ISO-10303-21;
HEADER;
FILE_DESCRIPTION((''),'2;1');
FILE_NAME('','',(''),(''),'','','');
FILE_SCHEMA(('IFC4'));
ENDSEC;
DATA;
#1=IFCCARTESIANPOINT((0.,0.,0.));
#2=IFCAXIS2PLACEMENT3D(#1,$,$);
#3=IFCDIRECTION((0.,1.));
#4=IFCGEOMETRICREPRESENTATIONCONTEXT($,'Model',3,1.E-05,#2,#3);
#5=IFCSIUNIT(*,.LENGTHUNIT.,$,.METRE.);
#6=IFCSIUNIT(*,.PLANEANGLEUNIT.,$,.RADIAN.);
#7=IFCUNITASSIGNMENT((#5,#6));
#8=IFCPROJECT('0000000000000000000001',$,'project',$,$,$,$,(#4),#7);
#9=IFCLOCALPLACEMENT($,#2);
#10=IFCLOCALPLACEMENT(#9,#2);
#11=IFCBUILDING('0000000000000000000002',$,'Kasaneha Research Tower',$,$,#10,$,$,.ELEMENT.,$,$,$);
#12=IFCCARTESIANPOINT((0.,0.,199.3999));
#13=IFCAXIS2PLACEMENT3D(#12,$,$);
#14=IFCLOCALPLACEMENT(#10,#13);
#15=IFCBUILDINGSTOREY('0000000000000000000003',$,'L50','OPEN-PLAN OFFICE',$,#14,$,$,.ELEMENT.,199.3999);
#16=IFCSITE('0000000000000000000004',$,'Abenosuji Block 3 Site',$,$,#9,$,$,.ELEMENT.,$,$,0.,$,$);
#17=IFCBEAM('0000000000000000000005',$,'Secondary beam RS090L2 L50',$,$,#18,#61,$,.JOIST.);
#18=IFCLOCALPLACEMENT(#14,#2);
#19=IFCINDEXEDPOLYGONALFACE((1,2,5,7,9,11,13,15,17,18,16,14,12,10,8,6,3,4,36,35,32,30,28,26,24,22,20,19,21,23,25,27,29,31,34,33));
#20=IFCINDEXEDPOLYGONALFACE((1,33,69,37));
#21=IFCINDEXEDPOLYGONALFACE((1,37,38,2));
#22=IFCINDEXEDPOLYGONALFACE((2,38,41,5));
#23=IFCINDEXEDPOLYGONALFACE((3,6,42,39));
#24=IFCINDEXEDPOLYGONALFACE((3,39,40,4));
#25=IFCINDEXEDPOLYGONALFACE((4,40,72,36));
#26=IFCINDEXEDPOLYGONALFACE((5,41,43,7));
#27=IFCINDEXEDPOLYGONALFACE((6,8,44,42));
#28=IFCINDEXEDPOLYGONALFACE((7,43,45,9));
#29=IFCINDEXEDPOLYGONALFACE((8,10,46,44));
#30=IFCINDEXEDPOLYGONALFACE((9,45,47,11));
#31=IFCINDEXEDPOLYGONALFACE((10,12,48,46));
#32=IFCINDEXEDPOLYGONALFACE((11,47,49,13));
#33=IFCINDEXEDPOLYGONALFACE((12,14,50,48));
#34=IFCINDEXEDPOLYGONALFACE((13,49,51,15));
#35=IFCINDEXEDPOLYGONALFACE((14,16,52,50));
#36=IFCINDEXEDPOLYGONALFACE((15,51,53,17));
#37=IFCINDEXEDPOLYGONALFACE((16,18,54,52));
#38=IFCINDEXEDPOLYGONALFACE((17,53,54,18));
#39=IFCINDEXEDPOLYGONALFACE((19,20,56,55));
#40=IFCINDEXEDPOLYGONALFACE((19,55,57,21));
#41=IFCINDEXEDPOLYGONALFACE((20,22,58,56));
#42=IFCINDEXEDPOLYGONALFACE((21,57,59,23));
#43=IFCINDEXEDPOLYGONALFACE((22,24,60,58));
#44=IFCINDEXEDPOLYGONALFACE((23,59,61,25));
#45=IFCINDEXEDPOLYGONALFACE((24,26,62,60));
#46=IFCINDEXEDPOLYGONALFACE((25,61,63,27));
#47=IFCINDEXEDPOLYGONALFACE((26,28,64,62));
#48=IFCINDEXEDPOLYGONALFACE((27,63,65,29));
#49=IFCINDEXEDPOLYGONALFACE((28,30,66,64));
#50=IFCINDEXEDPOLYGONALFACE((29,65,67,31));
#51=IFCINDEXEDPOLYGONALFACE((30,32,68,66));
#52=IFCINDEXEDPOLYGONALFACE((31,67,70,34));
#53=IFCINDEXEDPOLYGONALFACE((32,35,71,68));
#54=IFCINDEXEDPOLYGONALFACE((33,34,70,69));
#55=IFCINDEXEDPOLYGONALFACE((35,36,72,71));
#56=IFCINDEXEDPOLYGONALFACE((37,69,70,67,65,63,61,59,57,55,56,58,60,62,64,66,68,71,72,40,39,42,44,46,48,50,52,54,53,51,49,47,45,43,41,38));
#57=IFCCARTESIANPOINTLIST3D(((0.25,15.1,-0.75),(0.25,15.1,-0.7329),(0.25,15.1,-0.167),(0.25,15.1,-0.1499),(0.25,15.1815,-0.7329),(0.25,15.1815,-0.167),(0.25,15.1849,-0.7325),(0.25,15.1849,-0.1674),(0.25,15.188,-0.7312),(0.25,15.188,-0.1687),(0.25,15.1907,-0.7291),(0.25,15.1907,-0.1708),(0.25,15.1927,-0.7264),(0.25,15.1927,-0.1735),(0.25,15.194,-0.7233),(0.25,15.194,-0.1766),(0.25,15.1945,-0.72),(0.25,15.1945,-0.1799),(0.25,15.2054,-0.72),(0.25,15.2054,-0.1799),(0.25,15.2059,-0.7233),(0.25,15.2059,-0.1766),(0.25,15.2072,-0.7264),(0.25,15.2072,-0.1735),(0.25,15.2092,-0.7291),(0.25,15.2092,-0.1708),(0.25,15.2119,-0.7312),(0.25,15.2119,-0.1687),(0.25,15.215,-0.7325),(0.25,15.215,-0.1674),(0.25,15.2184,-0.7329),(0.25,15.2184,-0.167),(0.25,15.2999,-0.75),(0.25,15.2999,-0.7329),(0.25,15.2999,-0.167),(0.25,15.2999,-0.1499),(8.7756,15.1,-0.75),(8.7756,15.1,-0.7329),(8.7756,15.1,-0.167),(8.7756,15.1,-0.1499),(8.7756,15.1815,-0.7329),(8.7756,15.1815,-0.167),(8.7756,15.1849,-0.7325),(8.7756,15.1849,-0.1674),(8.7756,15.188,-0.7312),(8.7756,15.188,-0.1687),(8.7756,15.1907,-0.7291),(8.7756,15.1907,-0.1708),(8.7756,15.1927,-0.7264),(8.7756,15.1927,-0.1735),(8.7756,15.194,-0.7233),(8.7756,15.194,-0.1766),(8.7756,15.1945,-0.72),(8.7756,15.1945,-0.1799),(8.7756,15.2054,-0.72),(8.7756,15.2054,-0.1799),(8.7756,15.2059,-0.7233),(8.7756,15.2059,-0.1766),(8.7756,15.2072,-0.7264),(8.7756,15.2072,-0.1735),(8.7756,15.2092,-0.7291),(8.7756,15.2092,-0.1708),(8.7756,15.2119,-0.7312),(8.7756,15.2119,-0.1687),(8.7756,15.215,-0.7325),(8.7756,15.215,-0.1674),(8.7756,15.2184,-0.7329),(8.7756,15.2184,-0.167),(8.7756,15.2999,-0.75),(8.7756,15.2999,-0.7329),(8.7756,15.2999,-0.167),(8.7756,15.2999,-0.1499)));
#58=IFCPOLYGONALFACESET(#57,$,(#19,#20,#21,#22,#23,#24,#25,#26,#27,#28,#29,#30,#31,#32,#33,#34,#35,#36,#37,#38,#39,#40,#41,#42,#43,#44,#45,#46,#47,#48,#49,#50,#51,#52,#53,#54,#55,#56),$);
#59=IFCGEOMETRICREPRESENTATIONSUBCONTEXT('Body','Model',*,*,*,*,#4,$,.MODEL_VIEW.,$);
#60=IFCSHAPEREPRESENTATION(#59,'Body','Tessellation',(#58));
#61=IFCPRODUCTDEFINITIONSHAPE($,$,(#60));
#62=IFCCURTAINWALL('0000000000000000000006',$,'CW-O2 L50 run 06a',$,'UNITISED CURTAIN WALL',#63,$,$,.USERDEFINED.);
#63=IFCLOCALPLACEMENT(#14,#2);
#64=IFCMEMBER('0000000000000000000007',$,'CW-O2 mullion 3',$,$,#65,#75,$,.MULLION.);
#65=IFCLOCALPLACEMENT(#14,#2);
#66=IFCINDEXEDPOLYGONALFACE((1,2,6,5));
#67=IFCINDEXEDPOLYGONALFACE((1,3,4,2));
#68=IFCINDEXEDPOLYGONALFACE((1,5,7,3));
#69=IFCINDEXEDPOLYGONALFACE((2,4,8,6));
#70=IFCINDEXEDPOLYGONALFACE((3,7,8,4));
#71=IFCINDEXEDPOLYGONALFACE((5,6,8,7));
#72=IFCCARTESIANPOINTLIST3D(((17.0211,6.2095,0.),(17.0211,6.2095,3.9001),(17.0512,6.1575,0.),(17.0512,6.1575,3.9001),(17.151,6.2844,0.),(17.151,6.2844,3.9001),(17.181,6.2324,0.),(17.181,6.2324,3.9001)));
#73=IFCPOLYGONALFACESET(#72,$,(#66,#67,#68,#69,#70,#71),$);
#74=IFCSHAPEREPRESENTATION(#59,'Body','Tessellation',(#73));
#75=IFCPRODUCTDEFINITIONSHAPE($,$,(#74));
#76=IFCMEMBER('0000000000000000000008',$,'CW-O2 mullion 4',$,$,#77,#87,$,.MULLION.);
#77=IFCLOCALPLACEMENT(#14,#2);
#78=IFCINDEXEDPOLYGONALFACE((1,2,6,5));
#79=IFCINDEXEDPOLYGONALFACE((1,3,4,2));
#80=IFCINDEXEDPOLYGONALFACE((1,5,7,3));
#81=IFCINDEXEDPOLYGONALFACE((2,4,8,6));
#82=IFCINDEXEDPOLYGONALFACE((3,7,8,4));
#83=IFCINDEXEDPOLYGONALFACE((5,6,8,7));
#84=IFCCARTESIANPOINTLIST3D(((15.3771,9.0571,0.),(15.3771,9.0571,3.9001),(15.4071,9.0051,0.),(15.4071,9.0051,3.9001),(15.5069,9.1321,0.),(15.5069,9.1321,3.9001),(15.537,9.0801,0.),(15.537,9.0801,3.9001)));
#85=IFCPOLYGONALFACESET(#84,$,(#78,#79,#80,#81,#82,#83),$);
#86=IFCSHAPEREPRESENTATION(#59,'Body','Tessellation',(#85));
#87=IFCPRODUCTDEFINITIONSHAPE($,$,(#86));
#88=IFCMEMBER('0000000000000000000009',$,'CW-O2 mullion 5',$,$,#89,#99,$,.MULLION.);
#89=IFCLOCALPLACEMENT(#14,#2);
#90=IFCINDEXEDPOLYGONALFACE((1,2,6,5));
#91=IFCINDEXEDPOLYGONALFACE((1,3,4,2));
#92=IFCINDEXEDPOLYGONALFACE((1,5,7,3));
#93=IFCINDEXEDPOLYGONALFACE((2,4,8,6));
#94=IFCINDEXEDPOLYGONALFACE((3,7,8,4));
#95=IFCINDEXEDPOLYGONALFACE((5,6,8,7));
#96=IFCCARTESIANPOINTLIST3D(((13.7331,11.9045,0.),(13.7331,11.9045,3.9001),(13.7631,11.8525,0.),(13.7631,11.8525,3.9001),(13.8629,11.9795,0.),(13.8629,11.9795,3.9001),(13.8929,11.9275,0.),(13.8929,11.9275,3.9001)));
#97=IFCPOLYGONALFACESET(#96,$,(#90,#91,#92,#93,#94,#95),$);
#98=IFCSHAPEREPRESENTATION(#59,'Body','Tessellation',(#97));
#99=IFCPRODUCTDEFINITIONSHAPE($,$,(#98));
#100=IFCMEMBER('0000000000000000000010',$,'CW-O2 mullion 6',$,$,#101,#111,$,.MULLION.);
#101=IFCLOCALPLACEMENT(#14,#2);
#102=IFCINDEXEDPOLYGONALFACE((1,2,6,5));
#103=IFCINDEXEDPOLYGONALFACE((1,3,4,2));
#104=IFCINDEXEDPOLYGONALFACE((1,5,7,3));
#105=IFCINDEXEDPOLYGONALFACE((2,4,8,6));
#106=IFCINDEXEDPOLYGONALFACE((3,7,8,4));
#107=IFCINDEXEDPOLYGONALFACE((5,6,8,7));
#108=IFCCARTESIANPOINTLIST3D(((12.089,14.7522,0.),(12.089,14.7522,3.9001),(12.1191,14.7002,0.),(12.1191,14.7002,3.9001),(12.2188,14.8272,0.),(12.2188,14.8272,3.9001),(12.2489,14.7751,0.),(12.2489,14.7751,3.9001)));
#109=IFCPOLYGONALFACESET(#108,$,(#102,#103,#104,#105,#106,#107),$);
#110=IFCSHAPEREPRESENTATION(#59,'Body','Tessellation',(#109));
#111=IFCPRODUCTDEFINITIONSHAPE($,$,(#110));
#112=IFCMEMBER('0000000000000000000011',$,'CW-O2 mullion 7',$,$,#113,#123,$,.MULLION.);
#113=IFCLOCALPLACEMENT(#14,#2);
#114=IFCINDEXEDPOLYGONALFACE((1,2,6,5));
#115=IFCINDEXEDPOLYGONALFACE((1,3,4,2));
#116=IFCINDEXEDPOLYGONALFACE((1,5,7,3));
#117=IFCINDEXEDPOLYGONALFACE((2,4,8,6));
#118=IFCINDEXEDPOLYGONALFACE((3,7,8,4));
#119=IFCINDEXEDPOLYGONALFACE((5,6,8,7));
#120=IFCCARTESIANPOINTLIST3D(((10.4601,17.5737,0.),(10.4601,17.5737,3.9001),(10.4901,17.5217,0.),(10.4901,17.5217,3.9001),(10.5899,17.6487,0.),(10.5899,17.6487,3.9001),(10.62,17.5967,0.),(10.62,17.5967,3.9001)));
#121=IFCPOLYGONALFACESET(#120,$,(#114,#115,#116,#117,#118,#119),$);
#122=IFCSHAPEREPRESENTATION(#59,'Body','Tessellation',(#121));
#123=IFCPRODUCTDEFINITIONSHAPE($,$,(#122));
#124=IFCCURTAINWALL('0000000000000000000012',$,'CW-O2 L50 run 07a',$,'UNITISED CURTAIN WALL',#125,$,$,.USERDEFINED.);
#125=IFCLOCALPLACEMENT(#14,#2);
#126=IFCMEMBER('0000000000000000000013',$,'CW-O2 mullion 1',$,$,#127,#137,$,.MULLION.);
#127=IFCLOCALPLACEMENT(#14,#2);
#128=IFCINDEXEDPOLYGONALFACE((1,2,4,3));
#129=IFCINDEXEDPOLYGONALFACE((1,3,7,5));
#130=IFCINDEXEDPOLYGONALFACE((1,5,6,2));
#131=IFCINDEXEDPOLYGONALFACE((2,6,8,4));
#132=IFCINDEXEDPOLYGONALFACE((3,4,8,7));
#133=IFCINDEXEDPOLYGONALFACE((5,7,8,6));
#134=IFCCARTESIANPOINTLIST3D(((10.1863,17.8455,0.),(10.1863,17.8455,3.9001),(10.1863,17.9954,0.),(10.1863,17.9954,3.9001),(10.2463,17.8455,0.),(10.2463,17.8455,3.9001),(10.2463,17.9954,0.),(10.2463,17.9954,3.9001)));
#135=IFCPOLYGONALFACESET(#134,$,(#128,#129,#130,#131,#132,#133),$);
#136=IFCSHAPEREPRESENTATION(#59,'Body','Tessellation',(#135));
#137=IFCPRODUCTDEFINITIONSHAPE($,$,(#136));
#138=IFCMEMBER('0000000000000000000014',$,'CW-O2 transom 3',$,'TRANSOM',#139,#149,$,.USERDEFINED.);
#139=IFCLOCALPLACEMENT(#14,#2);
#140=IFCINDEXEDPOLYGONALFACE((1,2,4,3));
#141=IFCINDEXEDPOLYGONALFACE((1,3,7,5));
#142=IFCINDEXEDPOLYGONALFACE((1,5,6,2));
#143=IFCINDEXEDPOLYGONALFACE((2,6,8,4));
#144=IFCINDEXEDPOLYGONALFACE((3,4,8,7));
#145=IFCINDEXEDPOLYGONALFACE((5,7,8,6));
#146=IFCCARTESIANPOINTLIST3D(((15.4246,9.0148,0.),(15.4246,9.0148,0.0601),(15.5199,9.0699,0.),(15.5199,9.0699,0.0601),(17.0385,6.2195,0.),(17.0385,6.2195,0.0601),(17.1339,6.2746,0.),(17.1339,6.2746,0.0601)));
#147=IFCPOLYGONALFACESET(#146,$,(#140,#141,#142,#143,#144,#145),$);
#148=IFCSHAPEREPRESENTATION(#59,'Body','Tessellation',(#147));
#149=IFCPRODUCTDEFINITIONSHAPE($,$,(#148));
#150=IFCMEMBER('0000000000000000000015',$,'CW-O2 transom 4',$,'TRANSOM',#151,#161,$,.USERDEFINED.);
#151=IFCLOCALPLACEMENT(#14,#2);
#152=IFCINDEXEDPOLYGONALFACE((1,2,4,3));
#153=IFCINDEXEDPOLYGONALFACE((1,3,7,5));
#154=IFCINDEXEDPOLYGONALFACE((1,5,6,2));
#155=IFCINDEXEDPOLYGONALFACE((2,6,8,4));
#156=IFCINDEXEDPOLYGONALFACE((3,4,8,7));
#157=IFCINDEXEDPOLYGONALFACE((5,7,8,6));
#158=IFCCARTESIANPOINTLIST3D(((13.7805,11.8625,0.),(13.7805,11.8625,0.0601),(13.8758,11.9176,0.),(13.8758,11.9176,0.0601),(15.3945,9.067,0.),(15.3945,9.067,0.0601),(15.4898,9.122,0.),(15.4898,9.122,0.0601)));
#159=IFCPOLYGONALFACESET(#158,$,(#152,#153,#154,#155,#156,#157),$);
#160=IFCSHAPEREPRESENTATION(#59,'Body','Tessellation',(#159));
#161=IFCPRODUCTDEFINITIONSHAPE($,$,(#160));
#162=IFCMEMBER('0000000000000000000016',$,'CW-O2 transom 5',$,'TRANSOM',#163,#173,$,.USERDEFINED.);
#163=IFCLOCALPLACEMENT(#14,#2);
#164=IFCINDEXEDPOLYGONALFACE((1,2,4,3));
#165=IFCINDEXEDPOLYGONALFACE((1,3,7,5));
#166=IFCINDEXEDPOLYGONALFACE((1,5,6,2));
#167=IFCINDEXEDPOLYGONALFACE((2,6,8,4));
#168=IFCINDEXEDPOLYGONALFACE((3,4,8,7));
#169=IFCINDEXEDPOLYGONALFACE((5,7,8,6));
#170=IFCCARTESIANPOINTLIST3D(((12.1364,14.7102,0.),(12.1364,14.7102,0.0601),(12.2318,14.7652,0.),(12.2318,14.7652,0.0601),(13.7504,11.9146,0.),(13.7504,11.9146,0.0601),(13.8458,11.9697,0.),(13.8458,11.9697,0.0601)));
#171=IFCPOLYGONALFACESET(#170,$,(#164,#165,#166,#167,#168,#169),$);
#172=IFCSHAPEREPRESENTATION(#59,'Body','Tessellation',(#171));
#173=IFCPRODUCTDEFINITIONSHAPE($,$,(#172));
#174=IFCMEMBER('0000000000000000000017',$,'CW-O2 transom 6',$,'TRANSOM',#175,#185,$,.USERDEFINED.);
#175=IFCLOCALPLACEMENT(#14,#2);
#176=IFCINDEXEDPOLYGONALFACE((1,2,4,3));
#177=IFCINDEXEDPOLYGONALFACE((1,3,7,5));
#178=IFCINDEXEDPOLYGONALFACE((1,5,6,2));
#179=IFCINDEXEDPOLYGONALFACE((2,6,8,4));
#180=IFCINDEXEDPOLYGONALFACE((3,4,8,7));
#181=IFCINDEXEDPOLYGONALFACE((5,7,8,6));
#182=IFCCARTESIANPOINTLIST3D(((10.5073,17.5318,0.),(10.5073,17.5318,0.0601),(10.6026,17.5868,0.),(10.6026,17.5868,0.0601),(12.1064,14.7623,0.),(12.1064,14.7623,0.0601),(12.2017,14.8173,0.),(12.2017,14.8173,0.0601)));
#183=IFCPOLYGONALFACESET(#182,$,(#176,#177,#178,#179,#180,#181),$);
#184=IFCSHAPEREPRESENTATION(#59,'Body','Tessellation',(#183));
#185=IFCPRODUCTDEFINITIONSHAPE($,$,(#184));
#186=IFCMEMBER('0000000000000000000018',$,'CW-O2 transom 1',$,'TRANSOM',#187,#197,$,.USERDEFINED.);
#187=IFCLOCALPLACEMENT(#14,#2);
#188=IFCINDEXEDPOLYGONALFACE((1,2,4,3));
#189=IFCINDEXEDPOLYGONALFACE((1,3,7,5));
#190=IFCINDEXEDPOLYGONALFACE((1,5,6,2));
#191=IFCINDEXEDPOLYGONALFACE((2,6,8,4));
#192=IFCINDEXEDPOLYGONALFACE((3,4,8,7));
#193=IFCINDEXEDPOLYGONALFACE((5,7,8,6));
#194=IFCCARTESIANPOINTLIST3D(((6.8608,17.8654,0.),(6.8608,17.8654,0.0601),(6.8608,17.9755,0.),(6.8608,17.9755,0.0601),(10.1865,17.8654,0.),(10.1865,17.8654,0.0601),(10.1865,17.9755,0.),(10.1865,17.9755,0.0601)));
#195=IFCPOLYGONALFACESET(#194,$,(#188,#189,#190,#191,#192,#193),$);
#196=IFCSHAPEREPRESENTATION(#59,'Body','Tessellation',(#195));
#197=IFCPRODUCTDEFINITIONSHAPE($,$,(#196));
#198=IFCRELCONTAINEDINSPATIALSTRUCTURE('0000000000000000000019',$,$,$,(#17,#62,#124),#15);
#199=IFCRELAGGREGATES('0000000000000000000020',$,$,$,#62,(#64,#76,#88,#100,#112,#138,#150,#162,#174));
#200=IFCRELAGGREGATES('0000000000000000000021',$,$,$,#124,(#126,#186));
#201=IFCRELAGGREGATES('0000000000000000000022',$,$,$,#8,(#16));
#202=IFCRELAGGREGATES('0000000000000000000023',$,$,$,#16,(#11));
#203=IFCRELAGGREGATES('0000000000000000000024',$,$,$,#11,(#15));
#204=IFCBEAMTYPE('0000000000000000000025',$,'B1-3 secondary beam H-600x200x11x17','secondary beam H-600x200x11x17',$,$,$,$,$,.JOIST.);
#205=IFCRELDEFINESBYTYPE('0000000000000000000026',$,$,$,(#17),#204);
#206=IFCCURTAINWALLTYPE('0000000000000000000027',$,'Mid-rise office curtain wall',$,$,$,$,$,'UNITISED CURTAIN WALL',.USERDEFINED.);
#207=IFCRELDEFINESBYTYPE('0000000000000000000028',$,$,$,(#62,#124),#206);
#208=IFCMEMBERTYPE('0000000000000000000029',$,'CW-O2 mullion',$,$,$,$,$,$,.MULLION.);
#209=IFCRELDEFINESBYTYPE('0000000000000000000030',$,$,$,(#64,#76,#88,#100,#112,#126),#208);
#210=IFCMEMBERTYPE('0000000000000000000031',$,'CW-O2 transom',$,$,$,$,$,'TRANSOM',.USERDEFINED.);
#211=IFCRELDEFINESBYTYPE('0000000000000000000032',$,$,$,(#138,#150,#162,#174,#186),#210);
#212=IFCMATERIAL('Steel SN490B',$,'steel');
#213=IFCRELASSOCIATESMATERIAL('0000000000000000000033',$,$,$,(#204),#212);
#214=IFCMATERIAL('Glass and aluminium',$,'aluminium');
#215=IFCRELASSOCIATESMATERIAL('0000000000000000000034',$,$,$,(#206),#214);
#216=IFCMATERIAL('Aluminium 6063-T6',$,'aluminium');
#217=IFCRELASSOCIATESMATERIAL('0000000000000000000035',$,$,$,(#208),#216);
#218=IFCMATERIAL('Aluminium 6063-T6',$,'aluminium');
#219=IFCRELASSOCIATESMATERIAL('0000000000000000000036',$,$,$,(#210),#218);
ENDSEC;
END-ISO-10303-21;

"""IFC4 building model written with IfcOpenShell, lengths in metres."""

from ifc_helpers import new_model, si_unit, direction, frame, origin, origin_2d, place, context, subcontext, project, spatial, rectangle, i_section, extrude, material, material_profile, profile_set, type_object, element, aggregate, save


model = new_model("IFC4")

# Units and contexts
model_context = context("Model", 3, precision=1e-05, world=origin(), true_north=direction((0.0, 1.0)))
body_context = subcontext(model_context, "Body", "Model", "MODEL_VIEW")
ifc_project = project(units=[si_unit("LENGTHUNIT", "METRE"), si_unit("PLANEANGLEUNIT", "RADIAN")], contexts=[model_context])

# Site, building, storey
site_placement = place(None, origin())
site = spatial("IfcSite", under=ifc_project, at=site_placement, Name="Abenosuji Block 3 Site", CompositionType="ELEMENT", RefElevation=0.0)
building_placement = place(site_placement, origin())
building = spatial("IfcBuilding", under=site, at=building_placement, Name="Kasaneha Research Tower", CompositionType="ELEMENT")
storey_placement = place(building_placement, frame((0.0, 0.0, 199.3999)))
storey = spatial("IfcBuildingStorey", under=building, at=storey_placement, Name="L50", Description="OPEN-PLAN OFFICE", CompositionType="ELEMENT", Elevation=199.3999)

# Beam
ifc_material_1 = material(Name="Steel SN490B", Category="steel")
ifc_material_profile_1 = material_profile(ifc_material_1, i_section(OverallWidth=0.2, OverallDepth=0.6001, WebThickness=0.011, FlangeThickness=0.0171, FilletRadius=0.0129, at=origin_2d()), Name="H-600x200x11x17")
ifc_profile_set_1 = profile_set([ifc_material_profile_1], Name="Steel SN490B")
beam_type_1 = type_object("IfcBeamType", Name="B1-3 secondary beam H-600x200x11x17", Description="secondary beam H-600x200x11x17", PredefinedType="JOIST", material=ifc_profile_set_1)
beam_1_placement = place(storey_placement, frame((8.7756, 15.2, -0.45), z_axis=(-1.0, 0.0, 0.0), x_axis=(0.0, -1.0, 0.0)))
element("IfcBeam", 1, at=beam_1_placement, inside=storey, type_object=beam_type_1, Name="Secondary beam RS090L2 L50", PredefinedType="JOIST", context=body_context, shape_type="SweptSolid", body=[
    extrude(i_section(OverallWidth=0.2, OverallDepth=0.6001, WebThickness=0.011, FlangeThickness=0.0171, FilletRadius=0.0129, at=origin_2d()), origin(), (0.0, 0.0, 1.0), 8.5256),
])

# Curtain wall, members
ifc_material_2 = material(Name="Glass and aluminium", Category="aluminium")
curtain_wall_type = type_object("IfcCurtainWallType", Name="Mid-rise office curtain wall", ElementType="UNITISED CURTAIN WALL", PredefinedType="USERDEFINED", material=ifc_material_2)
curtain_wall_1_placement = place(storey_placement, origin())
curtain_wall_1 = element("IfcCurtainWall", 2, at=curtain_wall_1_placement, inside=storey, type_object=curtain_wall_type, Name="CW-O2 L50 run 06a", ObjectType="UNITISED CURTAIN WALL", PredefinedType="USERDEFINED")
ifc_material_3 = material(Name="Aluminium 6063-T6", Category="aluminium")
ifc_material_profile_2 = material_profile(ifc_material_3, rectangle(XDim=0.0601, YDim=0.1499, at=origin_2d()), Name="CW-O2 mullion 60x150")
ifc_profile_set_2 = profile_set([ifc_material_profile_2], Name="Aluminium 6063-T6")
member_type_1 = type_object("IfcMemberType", Name="CW-O2 mullion", PredefinedType="MULLION", material=ifc_profile_set_2)
member_1_placement = place(storey_placement, frame((17.1011, 6.2209, 0.0), z_axis=(0.0, 0.0, 1.0), x_axis=(-0.5, 0.866025, 0.0)))
member_1 = element("IfcMember", 3, at=member_1_placement, type_object=member_type_1, Name="CW-O2 mullion 3", PredefinedType="MULLION", context=body_context, shape_type="SweptSolid", body=[
    extrude(rectangle(XDim=0.0601, YDim=0.1499, at=origin_2d()), origin(), (0.0, 0.0, 1.0), 3.9001),
])
member_2_placement = place(storey_placement, frame((15.457, 9.0686, 0.0), z_axis=(0.0, 0.0, 1.0), x_axis=(-0.5, 0.866025, 0.0)))
member_2 = element("IfcMember", 4, at=member_2_placement, type_object=member_type_1, Name="CW-O2 mullion 4", PredefinedType="MULLION", context=body_context, shape_type="SweptSolid", body=[
    extrude(rectangle(XDim=0.0601, YDim=0.1499, at=origin_2d()), origin(), (0.0, 0.0, 1.0), 3.9001),
])
member_3_placement = place(storey_placement, frame((13.813, 11.916, 0.0), z_axis=(0.0, 0.0, 1.0), x_axis=(-0.5, 0.866025, 0.0)))
member_3 = element("IfcMember", 5, at=member_3_placement, type_object=member_type_1, Name="CW-O2 mullion 5", PredefinedType="MULLION", context=body_context, shape_type="SweptSolid", body=[
    extrude(rectangle(XDim=0.0601, YDim=0.1499, at=origin_2d()), origin(), (0.0, 0.0, 1.0), 3.9001),
])
member_4_placement = place(storey_placement, frame((12.1689, 14.7637, 0.0), z_axis=(0.0, 0.0, 1.0), x_axis=(-0.5, 0.866025, 0.0)))
member_4 = element("IfcMember", 6, at=member_4_placement, type_object=member_type_1, Name="CW-O2 mullion 6", PredefinedType="MULLION", context=body_context, shape_type="SweptSolid", body=[
    extrude(rectangle(XDim=0.0601, YDim=0.1499, at=origin_2d()), origin(), (0.0, 0.0, 1.0), 3.9001),
])
member_5_placement = place(storey_placement, frame((10.54, 17.5852, 0.0), z_axis=(0.0, 0.0, 1.0), x_axis=(-0.5, 0.866025, 0.0)))
member_5 = element("IfcMember", 7, at=member_5_placement, type_object=member_type_1, Name="CW-O2 mullion 7", PredefinedType="MULLION", context=body_context, shape_type="SweptSolid", body=[
    extrude(rectangle(XDim=0.0601, YDim=0.1499, at=origin_2d()), origin(), (0.0, 0.0, 1.0), 3.9001),
])

# Curtain wall, member
curtain_wall_2_placement = place(storey_placement, origin())
curtain_wall_2 = element("IfcCurtainWall", 8, at=curtain_wall_2_placement, inside=storey, type_object=curtain_wall_type, Name="CW-O2 L50 run 07a", ObjectType="UNITISED CURTAIN WALL", PredefinedType="USERDEFINED")
member_6_placement = place(storey_placement, frame((10.2163, 17.9204, 0.0), z_axis=(0.0, 0.0, 1.0), x_axis=(-1.0, 0.0, 0.0)))
member_6 = element("IfcMember", 9, at=member_6_placement, type_object=member_type_1, Name="CW-O2 mullion 1", PredefinedType="MULLION", context=body_context, shape_type="SweptSolid", body=[
    extrude(rectangle(XDim=0.0601, YDim=0.1499, at=origin_2d()), origin(), (0.0, 0.0, 1.0), 3.9001),
])

# Members
ifc_material_4 = material(Name="Aluminium 6063-T6", Category="aluminium")
ifc_material_profile_3 = material_profile(ifc_material_4, rectangle(XDim=0.1101, YDim=0.0601, at=origin_2d()), Name="CW-O2 transom 110x60")
ifc_profile_set_3 = profile_set([ifc_material_profile_3], Name="Aluminium 6063-T6")
member_type_2 = type_object("IfcMemberType", Name="CW-O2 transom", ElementType="TRANSOM", PredefinedType="USERDEFINED", material=ifc_profile_set_3)
member_7_placement = place(storey_placement, frame((17.0862, 6.2471, 0.03), z_axis=(-0.500019, 0.866014, 0.0), x_axis=(-0.866014, -0.500019, 0.0)))
member_7 = element("IfcMember", 10, at=member_7_placement, type_object=member_type_2, Name="CW-O2 transom 3", ObjectType="TRANSOM", PredefinedType="USERDEFINED", context=body_context, shape_type="SweptSolid", body=[
    extrude(rectangle(XDim=0.1101, YDim=0.0601, at=origin_2d()), origin(), (0.0, 0.0, 1.0), 3.2278),
])
member_8_placement = place(storey_placement, frame((15.4421, 9.0945, 0.03), z_axis=(-0.499987, 0.866033, 0.0), x_axis=(-0.866033, -0.499987, 0.0)))
member_8 = element("IfcMember", 11, at=member_8_placement, type_object=member_type_2, Name="CW-O2 transom 4", ObjectType="TRANSOM", PredefinedType="USERDEFINED", context=body_context, shape_type="SweptSolid", body=[
    extrude(rectangle(XDim=0.1101, YDim=0.0601, at=origin_2d()), origin(), (0.0, 0.0, 1.0), 3.228),
])
member_9_placement = place(storey_placement, frame((13.7981, 11.9421, 0.03), z_axis=(-0.499987, 0.866033, 0.0), x_axis=(-0.866033, -0.499987, 0.0)))
member_9 = element("IfcMember", 12, at=member_9_placement, type_object=member_type_2, Name="CW-O2 transom 5", ObjectType="TRANSOM", PredefinedType="USERDEFINED", context=body_context, shape_type="SweptSolid", body=[
    extrude(rectangle(XDim=0.1101, YDim=0.0601, at=origin_2d()), origin(), (0.0, 0.0, 1.0), 3.228),
])
member_10_placement = place(storey_placement, frame((12.1541, 14.7898, 0.03), z_axis=(-0.500031, 0.866008, 0.0), x_axis=(-0.866008, -0.500031, 0.0)))
member_10 = element("IfcMember", 13, at=member_10_placement, type_object=member_type_2, Name="CW-O2 transom 6", ObjectType="TRANSOM", PredefinedType="USERDEFINED", context=body_context, shape_type="SweptSolid", body=[
    extrude(rectangle(XDim=0.1101, YDim=0.0601, at=origin_2d()), origin(), (0.0, 0.0, 1.0), 3.198),
])
member_11_placement = place(storey_placement, frame((10.1865, 17.9204, 0.03), z_axis=(-1.0, 0.0, 0.0), x_axis=(0.0, -1.0, 0.0)))
member_11 = element("IfcMember", 14, at=member_11_placement, type_object=member_type_2, Name="CW-O2 transom 1", ObjectType="TRANSOM", PredefinedType="USERDEFINED", context=body_context, shape_type="SweptSolid", body=[
    extrude(rectangle(XDim=0.1101, YDim=0.0601, at=origin_2d()), origin(), (0.0, 0.0, 1.0), 3.3257),
])

aggregate(curtain_wall_1, [member_1, member_2, member_3, member_4, member_5, member_7, member_8, member_9, member_10])
aggregate(curtain_wall_2, [member_6, member_11])

save(model, "model.ifc")
